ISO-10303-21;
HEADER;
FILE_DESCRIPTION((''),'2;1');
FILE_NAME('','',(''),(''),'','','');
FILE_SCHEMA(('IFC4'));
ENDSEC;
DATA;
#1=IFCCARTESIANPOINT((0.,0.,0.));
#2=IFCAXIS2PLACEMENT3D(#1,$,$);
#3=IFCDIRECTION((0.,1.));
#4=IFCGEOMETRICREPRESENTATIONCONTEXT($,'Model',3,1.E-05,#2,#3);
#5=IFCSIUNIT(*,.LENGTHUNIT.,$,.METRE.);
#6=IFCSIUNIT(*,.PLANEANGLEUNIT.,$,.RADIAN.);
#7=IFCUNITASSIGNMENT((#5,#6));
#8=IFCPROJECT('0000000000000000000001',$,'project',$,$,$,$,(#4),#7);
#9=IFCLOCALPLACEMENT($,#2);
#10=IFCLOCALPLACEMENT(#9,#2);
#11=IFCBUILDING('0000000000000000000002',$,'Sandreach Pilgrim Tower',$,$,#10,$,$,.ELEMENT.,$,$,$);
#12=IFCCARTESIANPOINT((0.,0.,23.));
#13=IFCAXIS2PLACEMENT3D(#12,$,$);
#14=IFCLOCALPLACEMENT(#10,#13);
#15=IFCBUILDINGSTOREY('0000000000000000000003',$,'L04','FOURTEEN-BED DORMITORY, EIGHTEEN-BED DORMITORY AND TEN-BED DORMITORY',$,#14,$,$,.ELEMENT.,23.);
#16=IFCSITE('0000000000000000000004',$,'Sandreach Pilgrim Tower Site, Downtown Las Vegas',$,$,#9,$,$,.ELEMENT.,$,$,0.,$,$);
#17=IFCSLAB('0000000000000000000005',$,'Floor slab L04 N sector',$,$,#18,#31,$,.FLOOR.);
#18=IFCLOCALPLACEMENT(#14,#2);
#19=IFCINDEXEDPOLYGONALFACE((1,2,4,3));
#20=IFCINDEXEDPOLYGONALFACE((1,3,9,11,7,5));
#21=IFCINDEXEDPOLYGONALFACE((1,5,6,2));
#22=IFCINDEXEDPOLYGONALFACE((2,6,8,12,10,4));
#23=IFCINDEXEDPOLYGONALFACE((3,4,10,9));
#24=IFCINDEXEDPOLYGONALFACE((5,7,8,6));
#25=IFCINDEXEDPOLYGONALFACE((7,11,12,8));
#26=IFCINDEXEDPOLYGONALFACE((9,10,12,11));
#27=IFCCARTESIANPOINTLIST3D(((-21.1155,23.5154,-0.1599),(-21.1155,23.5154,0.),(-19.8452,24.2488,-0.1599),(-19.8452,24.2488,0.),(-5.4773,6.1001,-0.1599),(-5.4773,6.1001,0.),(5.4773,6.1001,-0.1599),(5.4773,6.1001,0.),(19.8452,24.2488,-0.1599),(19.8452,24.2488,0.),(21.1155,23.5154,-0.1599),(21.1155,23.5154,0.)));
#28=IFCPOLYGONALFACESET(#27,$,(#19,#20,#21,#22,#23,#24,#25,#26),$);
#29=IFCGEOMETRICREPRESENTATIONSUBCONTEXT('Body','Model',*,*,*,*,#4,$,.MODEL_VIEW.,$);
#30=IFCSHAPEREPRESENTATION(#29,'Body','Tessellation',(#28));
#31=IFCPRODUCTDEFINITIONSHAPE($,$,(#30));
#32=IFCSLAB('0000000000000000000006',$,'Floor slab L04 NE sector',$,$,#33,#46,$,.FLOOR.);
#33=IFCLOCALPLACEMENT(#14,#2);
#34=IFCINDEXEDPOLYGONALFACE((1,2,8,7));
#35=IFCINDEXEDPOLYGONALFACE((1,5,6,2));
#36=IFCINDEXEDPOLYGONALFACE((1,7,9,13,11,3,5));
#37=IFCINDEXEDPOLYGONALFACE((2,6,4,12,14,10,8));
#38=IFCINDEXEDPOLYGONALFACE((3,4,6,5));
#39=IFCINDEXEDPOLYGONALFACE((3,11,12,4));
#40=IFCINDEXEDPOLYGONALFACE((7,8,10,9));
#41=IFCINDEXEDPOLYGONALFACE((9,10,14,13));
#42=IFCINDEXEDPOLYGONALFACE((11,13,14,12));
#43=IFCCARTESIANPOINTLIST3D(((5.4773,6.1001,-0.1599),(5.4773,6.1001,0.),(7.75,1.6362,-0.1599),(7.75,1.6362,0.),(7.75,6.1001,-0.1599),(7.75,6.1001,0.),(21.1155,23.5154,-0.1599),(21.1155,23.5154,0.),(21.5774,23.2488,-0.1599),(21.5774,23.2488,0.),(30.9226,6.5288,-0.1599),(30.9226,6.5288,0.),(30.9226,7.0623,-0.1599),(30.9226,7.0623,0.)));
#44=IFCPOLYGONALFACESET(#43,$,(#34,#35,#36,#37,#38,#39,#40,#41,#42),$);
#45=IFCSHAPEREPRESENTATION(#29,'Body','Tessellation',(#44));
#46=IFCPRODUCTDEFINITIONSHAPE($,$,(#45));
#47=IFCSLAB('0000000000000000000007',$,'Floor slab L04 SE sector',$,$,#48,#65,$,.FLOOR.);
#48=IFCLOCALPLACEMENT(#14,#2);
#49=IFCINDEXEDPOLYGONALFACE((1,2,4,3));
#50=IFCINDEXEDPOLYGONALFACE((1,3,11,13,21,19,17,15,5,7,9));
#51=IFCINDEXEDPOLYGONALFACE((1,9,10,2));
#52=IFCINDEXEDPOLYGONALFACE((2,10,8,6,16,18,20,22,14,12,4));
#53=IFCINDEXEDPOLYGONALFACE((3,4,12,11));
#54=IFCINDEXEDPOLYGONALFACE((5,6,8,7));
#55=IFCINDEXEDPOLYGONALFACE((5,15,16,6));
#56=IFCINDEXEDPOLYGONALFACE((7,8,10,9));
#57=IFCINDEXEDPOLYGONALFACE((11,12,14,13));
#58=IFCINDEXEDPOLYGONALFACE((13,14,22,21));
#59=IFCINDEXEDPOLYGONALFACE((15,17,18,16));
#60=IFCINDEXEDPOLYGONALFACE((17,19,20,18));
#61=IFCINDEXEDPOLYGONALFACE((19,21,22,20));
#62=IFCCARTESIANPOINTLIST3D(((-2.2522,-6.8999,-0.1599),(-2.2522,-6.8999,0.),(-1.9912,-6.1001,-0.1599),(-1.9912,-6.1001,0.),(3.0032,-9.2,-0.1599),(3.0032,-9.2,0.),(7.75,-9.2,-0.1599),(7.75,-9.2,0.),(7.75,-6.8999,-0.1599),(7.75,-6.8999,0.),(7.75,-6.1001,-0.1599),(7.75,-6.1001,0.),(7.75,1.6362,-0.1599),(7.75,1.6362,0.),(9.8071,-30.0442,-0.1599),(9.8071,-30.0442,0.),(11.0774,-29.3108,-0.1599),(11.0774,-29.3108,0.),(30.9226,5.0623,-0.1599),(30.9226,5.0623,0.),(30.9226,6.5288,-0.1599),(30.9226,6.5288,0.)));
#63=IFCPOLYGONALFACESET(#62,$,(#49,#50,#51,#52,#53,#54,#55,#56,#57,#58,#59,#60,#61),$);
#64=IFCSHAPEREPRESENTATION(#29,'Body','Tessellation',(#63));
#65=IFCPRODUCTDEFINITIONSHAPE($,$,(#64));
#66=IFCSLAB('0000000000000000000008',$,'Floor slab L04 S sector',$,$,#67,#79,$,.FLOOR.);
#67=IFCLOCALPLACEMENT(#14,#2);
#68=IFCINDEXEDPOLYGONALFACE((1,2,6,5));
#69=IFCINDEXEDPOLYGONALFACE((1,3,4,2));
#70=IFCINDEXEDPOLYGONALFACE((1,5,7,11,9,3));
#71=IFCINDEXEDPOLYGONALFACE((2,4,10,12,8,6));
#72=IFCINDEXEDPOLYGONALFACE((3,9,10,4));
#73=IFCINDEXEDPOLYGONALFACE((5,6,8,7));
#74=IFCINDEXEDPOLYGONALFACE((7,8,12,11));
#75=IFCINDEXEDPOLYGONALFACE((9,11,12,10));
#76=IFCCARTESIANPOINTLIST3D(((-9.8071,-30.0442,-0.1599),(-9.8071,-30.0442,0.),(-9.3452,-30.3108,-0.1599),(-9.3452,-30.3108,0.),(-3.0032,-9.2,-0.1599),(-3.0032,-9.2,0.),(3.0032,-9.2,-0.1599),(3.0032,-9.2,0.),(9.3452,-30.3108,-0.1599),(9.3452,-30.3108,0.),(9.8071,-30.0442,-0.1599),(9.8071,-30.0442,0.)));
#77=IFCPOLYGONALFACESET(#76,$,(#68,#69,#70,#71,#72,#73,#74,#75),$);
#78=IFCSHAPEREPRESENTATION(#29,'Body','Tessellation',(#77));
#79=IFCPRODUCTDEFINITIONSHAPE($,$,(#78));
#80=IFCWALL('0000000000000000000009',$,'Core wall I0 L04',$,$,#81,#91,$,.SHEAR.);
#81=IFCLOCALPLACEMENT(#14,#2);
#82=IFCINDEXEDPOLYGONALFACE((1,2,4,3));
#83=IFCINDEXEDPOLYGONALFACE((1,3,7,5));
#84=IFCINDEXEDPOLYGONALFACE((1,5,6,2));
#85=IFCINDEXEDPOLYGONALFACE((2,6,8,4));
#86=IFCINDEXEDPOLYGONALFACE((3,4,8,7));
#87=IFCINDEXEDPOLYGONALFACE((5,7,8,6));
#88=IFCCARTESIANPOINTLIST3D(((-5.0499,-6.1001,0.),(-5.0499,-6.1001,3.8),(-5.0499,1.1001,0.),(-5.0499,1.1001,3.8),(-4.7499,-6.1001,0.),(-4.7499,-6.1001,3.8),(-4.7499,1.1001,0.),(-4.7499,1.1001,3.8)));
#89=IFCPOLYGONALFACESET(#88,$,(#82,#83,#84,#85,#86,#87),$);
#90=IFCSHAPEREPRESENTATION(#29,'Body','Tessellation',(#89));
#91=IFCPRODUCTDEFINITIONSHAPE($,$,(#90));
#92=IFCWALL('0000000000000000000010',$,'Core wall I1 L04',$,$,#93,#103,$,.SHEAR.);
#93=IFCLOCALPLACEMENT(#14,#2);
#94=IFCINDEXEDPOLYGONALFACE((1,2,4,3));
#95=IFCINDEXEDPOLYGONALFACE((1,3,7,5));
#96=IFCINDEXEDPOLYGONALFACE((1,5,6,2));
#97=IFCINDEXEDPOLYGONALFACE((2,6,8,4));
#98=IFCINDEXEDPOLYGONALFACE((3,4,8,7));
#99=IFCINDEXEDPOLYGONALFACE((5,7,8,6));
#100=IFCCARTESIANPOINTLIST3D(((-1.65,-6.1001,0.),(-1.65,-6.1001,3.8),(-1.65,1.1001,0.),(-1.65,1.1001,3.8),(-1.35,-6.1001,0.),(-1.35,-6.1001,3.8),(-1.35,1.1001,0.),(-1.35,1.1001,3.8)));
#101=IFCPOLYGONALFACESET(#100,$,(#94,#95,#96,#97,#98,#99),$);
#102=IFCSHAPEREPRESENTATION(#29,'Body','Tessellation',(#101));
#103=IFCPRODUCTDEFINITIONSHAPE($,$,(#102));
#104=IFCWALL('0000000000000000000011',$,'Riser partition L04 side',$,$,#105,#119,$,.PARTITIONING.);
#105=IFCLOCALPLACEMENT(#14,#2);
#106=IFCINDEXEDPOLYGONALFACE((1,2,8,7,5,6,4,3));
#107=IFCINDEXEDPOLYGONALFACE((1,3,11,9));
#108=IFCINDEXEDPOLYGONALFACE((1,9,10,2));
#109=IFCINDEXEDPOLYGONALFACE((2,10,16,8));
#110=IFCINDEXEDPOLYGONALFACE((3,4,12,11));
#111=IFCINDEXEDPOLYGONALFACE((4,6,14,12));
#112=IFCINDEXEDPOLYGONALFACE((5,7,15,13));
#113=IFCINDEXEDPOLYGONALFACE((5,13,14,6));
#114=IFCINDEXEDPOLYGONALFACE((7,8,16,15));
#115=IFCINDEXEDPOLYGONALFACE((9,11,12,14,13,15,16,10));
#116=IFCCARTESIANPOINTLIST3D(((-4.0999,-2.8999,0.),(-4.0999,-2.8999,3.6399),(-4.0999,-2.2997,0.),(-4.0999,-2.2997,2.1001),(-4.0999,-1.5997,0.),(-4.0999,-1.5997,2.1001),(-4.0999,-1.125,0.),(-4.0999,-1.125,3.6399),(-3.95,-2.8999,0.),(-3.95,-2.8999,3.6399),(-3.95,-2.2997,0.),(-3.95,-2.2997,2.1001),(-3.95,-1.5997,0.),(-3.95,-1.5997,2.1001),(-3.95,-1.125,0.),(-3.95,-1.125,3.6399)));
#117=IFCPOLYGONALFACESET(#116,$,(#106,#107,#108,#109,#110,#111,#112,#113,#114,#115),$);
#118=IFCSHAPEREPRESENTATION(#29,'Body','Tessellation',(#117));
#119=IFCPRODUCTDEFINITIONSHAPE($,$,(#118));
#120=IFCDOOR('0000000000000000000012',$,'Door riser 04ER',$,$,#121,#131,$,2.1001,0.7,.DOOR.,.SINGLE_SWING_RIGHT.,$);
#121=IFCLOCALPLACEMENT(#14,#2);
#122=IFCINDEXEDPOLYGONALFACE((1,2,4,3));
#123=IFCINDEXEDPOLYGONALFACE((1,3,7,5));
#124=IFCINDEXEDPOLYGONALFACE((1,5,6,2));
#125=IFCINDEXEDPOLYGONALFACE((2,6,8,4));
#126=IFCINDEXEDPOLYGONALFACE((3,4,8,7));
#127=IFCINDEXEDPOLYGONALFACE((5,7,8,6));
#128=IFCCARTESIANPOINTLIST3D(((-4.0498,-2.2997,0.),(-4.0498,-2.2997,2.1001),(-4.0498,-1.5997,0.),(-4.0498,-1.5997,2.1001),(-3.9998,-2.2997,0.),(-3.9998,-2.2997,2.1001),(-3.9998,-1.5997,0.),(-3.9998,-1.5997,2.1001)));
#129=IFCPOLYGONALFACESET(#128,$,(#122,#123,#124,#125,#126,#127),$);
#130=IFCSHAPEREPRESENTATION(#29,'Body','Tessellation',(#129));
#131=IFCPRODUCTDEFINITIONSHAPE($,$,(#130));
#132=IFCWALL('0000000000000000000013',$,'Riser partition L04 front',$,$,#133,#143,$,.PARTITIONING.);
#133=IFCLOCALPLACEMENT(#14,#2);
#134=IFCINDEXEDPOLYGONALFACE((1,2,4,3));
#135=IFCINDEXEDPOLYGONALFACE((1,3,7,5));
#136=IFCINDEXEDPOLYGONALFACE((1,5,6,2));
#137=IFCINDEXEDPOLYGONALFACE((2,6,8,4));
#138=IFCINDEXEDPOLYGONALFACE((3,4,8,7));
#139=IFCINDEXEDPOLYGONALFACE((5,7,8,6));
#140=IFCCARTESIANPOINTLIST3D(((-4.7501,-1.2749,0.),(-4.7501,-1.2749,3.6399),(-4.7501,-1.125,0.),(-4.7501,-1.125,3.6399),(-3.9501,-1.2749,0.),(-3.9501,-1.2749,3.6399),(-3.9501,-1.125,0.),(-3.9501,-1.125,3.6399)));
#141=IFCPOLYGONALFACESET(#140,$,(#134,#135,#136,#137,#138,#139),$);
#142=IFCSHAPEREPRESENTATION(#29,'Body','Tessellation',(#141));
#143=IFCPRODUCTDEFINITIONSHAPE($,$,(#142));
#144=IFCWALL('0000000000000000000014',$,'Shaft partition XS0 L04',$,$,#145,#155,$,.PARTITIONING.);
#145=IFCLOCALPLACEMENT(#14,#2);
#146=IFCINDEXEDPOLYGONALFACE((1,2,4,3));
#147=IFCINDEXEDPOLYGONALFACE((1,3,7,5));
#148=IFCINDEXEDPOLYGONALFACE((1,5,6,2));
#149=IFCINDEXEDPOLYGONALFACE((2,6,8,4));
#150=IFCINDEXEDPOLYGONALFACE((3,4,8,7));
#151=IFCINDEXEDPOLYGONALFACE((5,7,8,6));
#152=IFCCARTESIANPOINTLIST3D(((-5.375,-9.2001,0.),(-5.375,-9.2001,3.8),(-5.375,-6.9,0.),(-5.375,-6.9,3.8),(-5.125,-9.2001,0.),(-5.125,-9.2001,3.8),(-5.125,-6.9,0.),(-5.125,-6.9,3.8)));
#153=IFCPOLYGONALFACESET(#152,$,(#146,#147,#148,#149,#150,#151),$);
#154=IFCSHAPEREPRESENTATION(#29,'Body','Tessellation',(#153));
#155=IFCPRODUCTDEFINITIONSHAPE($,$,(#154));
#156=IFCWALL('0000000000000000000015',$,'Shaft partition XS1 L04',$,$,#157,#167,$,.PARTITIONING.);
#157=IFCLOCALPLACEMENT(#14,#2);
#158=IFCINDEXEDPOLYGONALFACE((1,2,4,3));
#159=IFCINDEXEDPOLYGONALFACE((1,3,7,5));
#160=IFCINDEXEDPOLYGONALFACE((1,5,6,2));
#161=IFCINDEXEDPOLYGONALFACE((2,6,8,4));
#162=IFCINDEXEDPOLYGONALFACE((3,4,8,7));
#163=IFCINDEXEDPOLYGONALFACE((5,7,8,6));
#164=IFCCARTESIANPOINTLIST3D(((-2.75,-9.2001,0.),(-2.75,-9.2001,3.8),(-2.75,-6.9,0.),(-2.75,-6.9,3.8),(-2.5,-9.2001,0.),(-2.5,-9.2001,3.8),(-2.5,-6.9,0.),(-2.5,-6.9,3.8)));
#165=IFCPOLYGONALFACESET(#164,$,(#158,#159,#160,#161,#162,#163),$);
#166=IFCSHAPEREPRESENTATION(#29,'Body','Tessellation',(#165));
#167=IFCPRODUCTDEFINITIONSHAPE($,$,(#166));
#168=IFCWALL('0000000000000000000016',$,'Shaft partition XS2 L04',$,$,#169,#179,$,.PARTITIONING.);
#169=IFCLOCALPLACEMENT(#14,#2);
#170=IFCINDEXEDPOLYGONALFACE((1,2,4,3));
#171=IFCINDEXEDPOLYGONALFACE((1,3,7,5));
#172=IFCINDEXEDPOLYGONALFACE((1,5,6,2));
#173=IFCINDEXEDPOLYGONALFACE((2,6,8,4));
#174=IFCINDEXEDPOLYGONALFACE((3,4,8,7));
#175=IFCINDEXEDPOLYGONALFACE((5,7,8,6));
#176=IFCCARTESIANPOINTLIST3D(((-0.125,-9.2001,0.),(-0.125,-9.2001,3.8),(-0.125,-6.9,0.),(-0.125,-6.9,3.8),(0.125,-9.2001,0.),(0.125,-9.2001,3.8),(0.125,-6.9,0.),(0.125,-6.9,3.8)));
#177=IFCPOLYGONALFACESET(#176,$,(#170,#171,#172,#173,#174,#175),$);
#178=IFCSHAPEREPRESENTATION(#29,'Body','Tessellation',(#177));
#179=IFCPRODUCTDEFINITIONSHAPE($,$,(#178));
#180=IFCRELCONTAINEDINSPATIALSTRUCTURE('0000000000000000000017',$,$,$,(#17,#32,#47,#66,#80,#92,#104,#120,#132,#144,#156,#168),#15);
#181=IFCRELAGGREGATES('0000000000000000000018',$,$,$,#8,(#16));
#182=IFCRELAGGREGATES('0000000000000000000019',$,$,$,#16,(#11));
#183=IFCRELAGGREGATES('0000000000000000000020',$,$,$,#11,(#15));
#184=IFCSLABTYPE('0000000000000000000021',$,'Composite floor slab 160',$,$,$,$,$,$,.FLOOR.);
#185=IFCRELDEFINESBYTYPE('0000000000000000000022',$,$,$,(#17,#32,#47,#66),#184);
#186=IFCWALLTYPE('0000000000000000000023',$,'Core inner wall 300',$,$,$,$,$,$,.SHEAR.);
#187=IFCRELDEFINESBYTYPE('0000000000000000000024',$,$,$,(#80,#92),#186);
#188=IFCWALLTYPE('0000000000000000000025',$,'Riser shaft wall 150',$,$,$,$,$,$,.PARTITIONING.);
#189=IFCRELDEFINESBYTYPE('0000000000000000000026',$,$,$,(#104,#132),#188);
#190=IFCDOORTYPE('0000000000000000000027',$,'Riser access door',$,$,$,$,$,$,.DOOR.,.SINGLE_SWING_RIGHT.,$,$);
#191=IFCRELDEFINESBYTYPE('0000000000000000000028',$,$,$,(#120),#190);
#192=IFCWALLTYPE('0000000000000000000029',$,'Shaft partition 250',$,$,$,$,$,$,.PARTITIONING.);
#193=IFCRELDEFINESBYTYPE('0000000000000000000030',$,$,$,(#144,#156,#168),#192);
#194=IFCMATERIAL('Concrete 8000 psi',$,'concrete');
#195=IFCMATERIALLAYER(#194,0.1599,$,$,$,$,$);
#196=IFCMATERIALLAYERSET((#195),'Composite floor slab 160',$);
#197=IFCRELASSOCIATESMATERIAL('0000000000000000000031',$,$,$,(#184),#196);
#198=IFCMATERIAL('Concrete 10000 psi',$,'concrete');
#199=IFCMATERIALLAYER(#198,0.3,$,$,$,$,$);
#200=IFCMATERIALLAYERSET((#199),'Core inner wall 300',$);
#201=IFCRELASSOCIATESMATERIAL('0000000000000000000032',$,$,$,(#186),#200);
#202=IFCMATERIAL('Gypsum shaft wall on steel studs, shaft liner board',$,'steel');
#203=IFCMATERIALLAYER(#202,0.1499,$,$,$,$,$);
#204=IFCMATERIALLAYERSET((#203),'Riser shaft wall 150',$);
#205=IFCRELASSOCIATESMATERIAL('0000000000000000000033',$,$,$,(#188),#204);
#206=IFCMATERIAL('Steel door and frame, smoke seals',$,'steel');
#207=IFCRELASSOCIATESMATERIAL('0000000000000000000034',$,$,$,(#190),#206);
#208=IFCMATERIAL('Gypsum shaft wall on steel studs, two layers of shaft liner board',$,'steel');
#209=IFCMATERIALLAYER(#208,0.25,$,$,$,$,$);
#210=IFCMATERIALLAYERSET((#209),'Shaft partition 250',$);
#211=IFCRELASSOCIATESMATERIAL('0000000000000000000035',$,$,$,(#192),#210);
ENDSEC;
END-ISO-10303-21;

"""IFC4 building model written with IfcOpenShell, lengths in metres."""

from ifc_helpers import new_model, si_unit, direction, frame, frame_2d, origin, place, context, subcontext, project, spatial, polyline, rectangle, outline, extrude, material, layer, layer_set, type_object, element, fill, save


model = new_model("IFC4")

# Units and contexts
model_context = context("Model", 3, precision=1e-05, world=origin(), true_north=direction((0.0, 1.0)))
body_context = subcontext(model_context, "Body", "Model", "MODEL_VIEW")
ifc_project = project(units=[si_unit("LENGTHUNIT", "METRE"), si_unit("PLANEANGLEUNIT", "RADIAN")], contexts=[model_context])

# Site, building, storey
site_placement = place(None, origin())
site = spatial("IfcSite", under=ifc_project, at=site_placement, Name="Sandreach Pilgrim Tower Site, Downtown Las Vegas", CompositionType="ELEMENT", RefElevation=0.0)
building_placement = place(site_placement, origin())
building = spatial("IfcBuilding", under=site, at=building_placement, Name="Sandreach Pilgrim Tower", CompositionType="ELEMENT")
storey_placement = place(building_placement, frame((0.0, 0.0, 23.0)))
storey = spatial("IfcBuildingStorey", under=building, at=storey_placement, Name="L04", Description="FOURTEEN-BED DORMITORY, EIGHTEEN-BED DORMITORY AND TEN-BED DORMITORY", CompositionType="ELEMENT", Elevation=23.0)

# Slabs
ifc_material_1 = material(Name="Concrete 8000 psi", Category="concrete")
ifc_layer_1 = layer(ifc_material_1, 0.1599)
ifc_layer_set_1 = layer_set([ifc_layer_1], Name="Composite floor slab 160")
slab_type = type_object("IfcSlabType", Name="Composite floor slab 160", PredefinedType="FLOOR", material=ifc_layer_set_1)
slab_1_placement = place(storey_placement, frame((0.0, 0.0, -0.1599)))
element("IfcSlab", 1, at=slab_1_placement, inside=storey, type_object=slab_type, Name="Floor slab L04 N sector", PredefinedType="FLOOR", context=body_context, shape_type="SweptSolid", body=[
    extrude(outline(polyline([(-19.8452, 24.2488), (19.8452, 24.2488), (21.1155, 23.5154), (5.4773, 6.1001), (-5.4773, 6.1001), (-21.1155, 23.5154), (-19.8452, 24.2488)])), origin(), (0.0, 0.0, 1.0), 0.1599),
])
slab_2_placement = place(storey_placement, frame((0.0, 0.0, -0.1599)))
element("IfcSlab", 2, at=slab_2_placement, inside=storey, type_object=slab_type, Name="Floor slab L04 NE sector", PredefinedType="FLOOR", context=body_context, shape_type="SweptSolid", body=[
    extrude(outline(polyline([(21.5774, 23.2488), (30.9226, 7.0623), (30.9226, 6.5288), (7.75, 1.6362), (7.75, 6.1001), (5.4773, 6.1001), (21.1155, 23.5154), (21.5774, 23.2488)])), origin(), (0.0, 0.0, 1.0), 0.1599),
])
slab_3_placement = place(storey_placement, frame((0.0, 0.0, -0.1599)))
element("IfcSlab", 3, at=slab_3_placement, inside=storey, type_object=slab_type, Name="Floor slab L04 SE sector", PredefinedType="FLOOR", context=body_context, shape_type="SweptSolid", body=[
    extrude(outline(polyline([(11.0774, -29.3108), (9.8071, -30.0442), (3.0032, -9.2), (7.75, -9.2), (7.75, -6.8999), (-2.2522, -6.8999), (-1.9912, -6.1001), (7.75, -6.1001), (7.75, 1.6362), (30.9226, 6.5288), (30.9226, 5.0623), (11.0774, -29.3108)])), origin(), (0.0, 0.0, 1.0), 0.1599),
])
slab_4_placement = place(storey_placement, frame((0.0, 0.0, -0.1599)))
element("IfcSlab", 4, at=slab_4_placement, inside=storey, type_object=slab_type, Name="Floor slab L04 S sector", PredefinedType="FLOOR", context=body_context, shape_type="SweptSolid", body=[
    extrude(outline(polyline([(9.3452, -30.3108), (-9.3452, -30.3108), (-9.8071, -30.0442), (-3.0032, -9.2), (3.0032, -9.2), (9.8071, -30.0442), (9.3452, -30.3108)])), origin(), (0.0, 0.0, 1.0), 0.1599),
])

# Walls
ifc_material_2 = material(Name="Concrete 10000 psi", Category="concrete")
ifc_layer_2 = layer(ifc_material_2, 0.3)
ifc_layer_set_2 = layer_set([ifc_layer_2], Name="Core inner wall 300")
wall_type_1 = type_object("IfcWallType", Name="Core inner wall 300", PredefinedType="SHEAR", material=ifc_layer_set_2)
for number, where, z_axis, x_axis, name in (
    (5, (-4.8999, -6.1001, 0.0), (0.0, 0.0, 1.0), (0.0, 1.0, 0.0), "Core wall I0 L04"),
    (6, (-1.5, -6.1001, 0.0), (0.0, 0.0, 1.0), (0.0, 1.0, 0.0), "Core wall I1 L04"),
):
    element("IfcWall", number, at=place(storey_placement, frame(where, z_axis=z_axis, x_axis=x_axis)), inside=storey, type_object=wall_type_1, Name=name, PredefinedType="SHEAR", context=body_context, shape_type="SweptSolid", body=[
        extrude(rectangle(XDim=7.2002, YDim=0.3, at=frame_2d((3.6001, 0.0))), origin(), (0.0, 0.0, 1.0), 3.8),
    ])

# Wall, opening, door
ifc_material_3 = material(Name="Gypsum shaft wall on steel studs, shaft liner board", Category="steel")
ifc_layer_3 = layer(ifc_material_3, 0.1499)
ifc_layer_set_3 = layer_set([ifc_layer_3], Name="Riser shaft wall 150")
wall_type_2 = type_object("IfcWallType", Name="Riser shaft wall 150", PredefinedType="PARTITIONING", material=ifc_layer_set_3)
wall_1_placement = place(storey_placement, frame((-4.0249, -2.8999, 0.0), z_axis=(0.0, 0.0, 1.0), x_axis=(0.0, 1.0, 0.0)))
wall_1 = element("IfcWall", 7, at=wall_1_placement, inside=storey, type_object=wall_type_2, Name="Riser partition L04 side", PredefinedType="PARTITIONING", context=body_context, shape_type="SweptSolid", body=[
    extrude(rectangle(XDim=1.7749, YDim=0.1499, at=frame_2d((0.8875, 0.0))), origin(), (0.0, 0.0, 1.0), 3.6399),
])
opening_1_placement = place(wall_1_placement, frame((0.6001, 0.0, 0.0)))
opening_1 = element("IfcOpeningElement", 8, at=opening_1_placement, cuts=wall_1, PredefinedType="OPENING", context=body_context, shape_type="SweptSolid", body=[
    extrude(rectangle(XDim=0.7, YDim=2.1001, at=frame_2d((0.3501, 1.05))), frame((0.0, 0.075, 0.0), z_axis=(0.0, -1.0, 0.0), x_axis=(1.0, 0.0, 0.0)), (0.0, 0.0, 1.0), 0.1499),
])
ifc_material_4 = material(Name="Steel door and frame, smoke seals", Category="steel")
door_type_1 = type_object("IfcDoorType", Name="Riser access door", OperationType="SINGLE_SWING_RIGHT", PredefinedType="DOOR", material=ifc_material_4)
door_1_placement = place(opening_1_placement, origin())
door_1 = element("IfcDoor", 9, at=door_1_placement, inside=storey, type_object=door_type_1, Name="Door riser 04ER", OperationType="SINGLE_SWING_RIGHT", OverallHeight=2.1001, OverallWidth=0.7, PredefinedType="DOOR", context=body_context, shape_type="SweptSolid", body=[
    extrude(rectangle(XDim=0.7, YDim=2.1001, at=frame_2d((0.3501, 1.05))), frame((0.0, 0.0249, 0.0), z_axis=(0.0, -1.0, 0.0), x_axis=(1.0, 0.0, 0.0)), (0.0, 0.0, 1.0), 0.05),
])
fill(opening_1, door_1)

# Walls
wall_2_placement = place(storey_placement, frame((-4.75, -1.2, 0.0), z_axis=(0.0, 0.0, 1.0), x_axis=(1.0, 0.0, 0.0)))
element("IfcWall", 10, at=wall_2_placement, inside=storey, type_object=wall_type_2, Name="Riser partition L04 front", PredefinedType="PARTITIONING", context=body_context, shape_type="SweptSolid", body=[
    extrude(rectangle(XDim=0.8, YDim=0.1499, at=frame_2d((0.3999, 0.0))), origin(), (0.0, 0.0, 1.0), 3.6399),
])
ifc_material_5 = material(Name="Gypsum shaft wall on steel studs, two layers of shaft liner board", Category="steel")
ifc_layer_4 = layer(ifc_material_5, 0.25)
ifc_layer_set_4 = layer_set([ifc_layer_4], Name="Shaft partition 250")
wall_type_3 = type_object("IfcWallType", Name="Shaft partition 250", PredefinedType="PARTITIONING", material=ifc_layer_set_4)
for number, where, z_axis, x_axis, name in (
    (11, (-5.25, -9.2, 0.0), (0.0, 0.0, 1.0), (0.0, 1.0, 0.0), "Shaft partition XS0 L04"),
    (12, (-2.625, -9.2, 0.0), (0.0, 0.0, 1.0), (0.0, 1.0, 0.0), "Shaft partition XS1 L04"),
    (13, (0.0, -9.2, 0.0), (0.0, 0.0, 1.0), (0.0, 1.0, 0.0), "Shaft partition XS2 L04"),
):
    element("IfcWall", number, at=place(storey_placement, frame(where, z_axis=z_axis, x_axis=x_axis)), inside=storey, type_object=wall_type_3, Name=name, PredefinedType="PARTITIONING", context=body_context, shape_type="SweptSolid", body=[
        extrude(rectangle(XDim=2.3, YDim=0.25, at=frame_2d((1.1499, 0.0))), origin(), (0.0, 0.0, 1.0), 3.8),
    ])

save(model, "model.ifc")
